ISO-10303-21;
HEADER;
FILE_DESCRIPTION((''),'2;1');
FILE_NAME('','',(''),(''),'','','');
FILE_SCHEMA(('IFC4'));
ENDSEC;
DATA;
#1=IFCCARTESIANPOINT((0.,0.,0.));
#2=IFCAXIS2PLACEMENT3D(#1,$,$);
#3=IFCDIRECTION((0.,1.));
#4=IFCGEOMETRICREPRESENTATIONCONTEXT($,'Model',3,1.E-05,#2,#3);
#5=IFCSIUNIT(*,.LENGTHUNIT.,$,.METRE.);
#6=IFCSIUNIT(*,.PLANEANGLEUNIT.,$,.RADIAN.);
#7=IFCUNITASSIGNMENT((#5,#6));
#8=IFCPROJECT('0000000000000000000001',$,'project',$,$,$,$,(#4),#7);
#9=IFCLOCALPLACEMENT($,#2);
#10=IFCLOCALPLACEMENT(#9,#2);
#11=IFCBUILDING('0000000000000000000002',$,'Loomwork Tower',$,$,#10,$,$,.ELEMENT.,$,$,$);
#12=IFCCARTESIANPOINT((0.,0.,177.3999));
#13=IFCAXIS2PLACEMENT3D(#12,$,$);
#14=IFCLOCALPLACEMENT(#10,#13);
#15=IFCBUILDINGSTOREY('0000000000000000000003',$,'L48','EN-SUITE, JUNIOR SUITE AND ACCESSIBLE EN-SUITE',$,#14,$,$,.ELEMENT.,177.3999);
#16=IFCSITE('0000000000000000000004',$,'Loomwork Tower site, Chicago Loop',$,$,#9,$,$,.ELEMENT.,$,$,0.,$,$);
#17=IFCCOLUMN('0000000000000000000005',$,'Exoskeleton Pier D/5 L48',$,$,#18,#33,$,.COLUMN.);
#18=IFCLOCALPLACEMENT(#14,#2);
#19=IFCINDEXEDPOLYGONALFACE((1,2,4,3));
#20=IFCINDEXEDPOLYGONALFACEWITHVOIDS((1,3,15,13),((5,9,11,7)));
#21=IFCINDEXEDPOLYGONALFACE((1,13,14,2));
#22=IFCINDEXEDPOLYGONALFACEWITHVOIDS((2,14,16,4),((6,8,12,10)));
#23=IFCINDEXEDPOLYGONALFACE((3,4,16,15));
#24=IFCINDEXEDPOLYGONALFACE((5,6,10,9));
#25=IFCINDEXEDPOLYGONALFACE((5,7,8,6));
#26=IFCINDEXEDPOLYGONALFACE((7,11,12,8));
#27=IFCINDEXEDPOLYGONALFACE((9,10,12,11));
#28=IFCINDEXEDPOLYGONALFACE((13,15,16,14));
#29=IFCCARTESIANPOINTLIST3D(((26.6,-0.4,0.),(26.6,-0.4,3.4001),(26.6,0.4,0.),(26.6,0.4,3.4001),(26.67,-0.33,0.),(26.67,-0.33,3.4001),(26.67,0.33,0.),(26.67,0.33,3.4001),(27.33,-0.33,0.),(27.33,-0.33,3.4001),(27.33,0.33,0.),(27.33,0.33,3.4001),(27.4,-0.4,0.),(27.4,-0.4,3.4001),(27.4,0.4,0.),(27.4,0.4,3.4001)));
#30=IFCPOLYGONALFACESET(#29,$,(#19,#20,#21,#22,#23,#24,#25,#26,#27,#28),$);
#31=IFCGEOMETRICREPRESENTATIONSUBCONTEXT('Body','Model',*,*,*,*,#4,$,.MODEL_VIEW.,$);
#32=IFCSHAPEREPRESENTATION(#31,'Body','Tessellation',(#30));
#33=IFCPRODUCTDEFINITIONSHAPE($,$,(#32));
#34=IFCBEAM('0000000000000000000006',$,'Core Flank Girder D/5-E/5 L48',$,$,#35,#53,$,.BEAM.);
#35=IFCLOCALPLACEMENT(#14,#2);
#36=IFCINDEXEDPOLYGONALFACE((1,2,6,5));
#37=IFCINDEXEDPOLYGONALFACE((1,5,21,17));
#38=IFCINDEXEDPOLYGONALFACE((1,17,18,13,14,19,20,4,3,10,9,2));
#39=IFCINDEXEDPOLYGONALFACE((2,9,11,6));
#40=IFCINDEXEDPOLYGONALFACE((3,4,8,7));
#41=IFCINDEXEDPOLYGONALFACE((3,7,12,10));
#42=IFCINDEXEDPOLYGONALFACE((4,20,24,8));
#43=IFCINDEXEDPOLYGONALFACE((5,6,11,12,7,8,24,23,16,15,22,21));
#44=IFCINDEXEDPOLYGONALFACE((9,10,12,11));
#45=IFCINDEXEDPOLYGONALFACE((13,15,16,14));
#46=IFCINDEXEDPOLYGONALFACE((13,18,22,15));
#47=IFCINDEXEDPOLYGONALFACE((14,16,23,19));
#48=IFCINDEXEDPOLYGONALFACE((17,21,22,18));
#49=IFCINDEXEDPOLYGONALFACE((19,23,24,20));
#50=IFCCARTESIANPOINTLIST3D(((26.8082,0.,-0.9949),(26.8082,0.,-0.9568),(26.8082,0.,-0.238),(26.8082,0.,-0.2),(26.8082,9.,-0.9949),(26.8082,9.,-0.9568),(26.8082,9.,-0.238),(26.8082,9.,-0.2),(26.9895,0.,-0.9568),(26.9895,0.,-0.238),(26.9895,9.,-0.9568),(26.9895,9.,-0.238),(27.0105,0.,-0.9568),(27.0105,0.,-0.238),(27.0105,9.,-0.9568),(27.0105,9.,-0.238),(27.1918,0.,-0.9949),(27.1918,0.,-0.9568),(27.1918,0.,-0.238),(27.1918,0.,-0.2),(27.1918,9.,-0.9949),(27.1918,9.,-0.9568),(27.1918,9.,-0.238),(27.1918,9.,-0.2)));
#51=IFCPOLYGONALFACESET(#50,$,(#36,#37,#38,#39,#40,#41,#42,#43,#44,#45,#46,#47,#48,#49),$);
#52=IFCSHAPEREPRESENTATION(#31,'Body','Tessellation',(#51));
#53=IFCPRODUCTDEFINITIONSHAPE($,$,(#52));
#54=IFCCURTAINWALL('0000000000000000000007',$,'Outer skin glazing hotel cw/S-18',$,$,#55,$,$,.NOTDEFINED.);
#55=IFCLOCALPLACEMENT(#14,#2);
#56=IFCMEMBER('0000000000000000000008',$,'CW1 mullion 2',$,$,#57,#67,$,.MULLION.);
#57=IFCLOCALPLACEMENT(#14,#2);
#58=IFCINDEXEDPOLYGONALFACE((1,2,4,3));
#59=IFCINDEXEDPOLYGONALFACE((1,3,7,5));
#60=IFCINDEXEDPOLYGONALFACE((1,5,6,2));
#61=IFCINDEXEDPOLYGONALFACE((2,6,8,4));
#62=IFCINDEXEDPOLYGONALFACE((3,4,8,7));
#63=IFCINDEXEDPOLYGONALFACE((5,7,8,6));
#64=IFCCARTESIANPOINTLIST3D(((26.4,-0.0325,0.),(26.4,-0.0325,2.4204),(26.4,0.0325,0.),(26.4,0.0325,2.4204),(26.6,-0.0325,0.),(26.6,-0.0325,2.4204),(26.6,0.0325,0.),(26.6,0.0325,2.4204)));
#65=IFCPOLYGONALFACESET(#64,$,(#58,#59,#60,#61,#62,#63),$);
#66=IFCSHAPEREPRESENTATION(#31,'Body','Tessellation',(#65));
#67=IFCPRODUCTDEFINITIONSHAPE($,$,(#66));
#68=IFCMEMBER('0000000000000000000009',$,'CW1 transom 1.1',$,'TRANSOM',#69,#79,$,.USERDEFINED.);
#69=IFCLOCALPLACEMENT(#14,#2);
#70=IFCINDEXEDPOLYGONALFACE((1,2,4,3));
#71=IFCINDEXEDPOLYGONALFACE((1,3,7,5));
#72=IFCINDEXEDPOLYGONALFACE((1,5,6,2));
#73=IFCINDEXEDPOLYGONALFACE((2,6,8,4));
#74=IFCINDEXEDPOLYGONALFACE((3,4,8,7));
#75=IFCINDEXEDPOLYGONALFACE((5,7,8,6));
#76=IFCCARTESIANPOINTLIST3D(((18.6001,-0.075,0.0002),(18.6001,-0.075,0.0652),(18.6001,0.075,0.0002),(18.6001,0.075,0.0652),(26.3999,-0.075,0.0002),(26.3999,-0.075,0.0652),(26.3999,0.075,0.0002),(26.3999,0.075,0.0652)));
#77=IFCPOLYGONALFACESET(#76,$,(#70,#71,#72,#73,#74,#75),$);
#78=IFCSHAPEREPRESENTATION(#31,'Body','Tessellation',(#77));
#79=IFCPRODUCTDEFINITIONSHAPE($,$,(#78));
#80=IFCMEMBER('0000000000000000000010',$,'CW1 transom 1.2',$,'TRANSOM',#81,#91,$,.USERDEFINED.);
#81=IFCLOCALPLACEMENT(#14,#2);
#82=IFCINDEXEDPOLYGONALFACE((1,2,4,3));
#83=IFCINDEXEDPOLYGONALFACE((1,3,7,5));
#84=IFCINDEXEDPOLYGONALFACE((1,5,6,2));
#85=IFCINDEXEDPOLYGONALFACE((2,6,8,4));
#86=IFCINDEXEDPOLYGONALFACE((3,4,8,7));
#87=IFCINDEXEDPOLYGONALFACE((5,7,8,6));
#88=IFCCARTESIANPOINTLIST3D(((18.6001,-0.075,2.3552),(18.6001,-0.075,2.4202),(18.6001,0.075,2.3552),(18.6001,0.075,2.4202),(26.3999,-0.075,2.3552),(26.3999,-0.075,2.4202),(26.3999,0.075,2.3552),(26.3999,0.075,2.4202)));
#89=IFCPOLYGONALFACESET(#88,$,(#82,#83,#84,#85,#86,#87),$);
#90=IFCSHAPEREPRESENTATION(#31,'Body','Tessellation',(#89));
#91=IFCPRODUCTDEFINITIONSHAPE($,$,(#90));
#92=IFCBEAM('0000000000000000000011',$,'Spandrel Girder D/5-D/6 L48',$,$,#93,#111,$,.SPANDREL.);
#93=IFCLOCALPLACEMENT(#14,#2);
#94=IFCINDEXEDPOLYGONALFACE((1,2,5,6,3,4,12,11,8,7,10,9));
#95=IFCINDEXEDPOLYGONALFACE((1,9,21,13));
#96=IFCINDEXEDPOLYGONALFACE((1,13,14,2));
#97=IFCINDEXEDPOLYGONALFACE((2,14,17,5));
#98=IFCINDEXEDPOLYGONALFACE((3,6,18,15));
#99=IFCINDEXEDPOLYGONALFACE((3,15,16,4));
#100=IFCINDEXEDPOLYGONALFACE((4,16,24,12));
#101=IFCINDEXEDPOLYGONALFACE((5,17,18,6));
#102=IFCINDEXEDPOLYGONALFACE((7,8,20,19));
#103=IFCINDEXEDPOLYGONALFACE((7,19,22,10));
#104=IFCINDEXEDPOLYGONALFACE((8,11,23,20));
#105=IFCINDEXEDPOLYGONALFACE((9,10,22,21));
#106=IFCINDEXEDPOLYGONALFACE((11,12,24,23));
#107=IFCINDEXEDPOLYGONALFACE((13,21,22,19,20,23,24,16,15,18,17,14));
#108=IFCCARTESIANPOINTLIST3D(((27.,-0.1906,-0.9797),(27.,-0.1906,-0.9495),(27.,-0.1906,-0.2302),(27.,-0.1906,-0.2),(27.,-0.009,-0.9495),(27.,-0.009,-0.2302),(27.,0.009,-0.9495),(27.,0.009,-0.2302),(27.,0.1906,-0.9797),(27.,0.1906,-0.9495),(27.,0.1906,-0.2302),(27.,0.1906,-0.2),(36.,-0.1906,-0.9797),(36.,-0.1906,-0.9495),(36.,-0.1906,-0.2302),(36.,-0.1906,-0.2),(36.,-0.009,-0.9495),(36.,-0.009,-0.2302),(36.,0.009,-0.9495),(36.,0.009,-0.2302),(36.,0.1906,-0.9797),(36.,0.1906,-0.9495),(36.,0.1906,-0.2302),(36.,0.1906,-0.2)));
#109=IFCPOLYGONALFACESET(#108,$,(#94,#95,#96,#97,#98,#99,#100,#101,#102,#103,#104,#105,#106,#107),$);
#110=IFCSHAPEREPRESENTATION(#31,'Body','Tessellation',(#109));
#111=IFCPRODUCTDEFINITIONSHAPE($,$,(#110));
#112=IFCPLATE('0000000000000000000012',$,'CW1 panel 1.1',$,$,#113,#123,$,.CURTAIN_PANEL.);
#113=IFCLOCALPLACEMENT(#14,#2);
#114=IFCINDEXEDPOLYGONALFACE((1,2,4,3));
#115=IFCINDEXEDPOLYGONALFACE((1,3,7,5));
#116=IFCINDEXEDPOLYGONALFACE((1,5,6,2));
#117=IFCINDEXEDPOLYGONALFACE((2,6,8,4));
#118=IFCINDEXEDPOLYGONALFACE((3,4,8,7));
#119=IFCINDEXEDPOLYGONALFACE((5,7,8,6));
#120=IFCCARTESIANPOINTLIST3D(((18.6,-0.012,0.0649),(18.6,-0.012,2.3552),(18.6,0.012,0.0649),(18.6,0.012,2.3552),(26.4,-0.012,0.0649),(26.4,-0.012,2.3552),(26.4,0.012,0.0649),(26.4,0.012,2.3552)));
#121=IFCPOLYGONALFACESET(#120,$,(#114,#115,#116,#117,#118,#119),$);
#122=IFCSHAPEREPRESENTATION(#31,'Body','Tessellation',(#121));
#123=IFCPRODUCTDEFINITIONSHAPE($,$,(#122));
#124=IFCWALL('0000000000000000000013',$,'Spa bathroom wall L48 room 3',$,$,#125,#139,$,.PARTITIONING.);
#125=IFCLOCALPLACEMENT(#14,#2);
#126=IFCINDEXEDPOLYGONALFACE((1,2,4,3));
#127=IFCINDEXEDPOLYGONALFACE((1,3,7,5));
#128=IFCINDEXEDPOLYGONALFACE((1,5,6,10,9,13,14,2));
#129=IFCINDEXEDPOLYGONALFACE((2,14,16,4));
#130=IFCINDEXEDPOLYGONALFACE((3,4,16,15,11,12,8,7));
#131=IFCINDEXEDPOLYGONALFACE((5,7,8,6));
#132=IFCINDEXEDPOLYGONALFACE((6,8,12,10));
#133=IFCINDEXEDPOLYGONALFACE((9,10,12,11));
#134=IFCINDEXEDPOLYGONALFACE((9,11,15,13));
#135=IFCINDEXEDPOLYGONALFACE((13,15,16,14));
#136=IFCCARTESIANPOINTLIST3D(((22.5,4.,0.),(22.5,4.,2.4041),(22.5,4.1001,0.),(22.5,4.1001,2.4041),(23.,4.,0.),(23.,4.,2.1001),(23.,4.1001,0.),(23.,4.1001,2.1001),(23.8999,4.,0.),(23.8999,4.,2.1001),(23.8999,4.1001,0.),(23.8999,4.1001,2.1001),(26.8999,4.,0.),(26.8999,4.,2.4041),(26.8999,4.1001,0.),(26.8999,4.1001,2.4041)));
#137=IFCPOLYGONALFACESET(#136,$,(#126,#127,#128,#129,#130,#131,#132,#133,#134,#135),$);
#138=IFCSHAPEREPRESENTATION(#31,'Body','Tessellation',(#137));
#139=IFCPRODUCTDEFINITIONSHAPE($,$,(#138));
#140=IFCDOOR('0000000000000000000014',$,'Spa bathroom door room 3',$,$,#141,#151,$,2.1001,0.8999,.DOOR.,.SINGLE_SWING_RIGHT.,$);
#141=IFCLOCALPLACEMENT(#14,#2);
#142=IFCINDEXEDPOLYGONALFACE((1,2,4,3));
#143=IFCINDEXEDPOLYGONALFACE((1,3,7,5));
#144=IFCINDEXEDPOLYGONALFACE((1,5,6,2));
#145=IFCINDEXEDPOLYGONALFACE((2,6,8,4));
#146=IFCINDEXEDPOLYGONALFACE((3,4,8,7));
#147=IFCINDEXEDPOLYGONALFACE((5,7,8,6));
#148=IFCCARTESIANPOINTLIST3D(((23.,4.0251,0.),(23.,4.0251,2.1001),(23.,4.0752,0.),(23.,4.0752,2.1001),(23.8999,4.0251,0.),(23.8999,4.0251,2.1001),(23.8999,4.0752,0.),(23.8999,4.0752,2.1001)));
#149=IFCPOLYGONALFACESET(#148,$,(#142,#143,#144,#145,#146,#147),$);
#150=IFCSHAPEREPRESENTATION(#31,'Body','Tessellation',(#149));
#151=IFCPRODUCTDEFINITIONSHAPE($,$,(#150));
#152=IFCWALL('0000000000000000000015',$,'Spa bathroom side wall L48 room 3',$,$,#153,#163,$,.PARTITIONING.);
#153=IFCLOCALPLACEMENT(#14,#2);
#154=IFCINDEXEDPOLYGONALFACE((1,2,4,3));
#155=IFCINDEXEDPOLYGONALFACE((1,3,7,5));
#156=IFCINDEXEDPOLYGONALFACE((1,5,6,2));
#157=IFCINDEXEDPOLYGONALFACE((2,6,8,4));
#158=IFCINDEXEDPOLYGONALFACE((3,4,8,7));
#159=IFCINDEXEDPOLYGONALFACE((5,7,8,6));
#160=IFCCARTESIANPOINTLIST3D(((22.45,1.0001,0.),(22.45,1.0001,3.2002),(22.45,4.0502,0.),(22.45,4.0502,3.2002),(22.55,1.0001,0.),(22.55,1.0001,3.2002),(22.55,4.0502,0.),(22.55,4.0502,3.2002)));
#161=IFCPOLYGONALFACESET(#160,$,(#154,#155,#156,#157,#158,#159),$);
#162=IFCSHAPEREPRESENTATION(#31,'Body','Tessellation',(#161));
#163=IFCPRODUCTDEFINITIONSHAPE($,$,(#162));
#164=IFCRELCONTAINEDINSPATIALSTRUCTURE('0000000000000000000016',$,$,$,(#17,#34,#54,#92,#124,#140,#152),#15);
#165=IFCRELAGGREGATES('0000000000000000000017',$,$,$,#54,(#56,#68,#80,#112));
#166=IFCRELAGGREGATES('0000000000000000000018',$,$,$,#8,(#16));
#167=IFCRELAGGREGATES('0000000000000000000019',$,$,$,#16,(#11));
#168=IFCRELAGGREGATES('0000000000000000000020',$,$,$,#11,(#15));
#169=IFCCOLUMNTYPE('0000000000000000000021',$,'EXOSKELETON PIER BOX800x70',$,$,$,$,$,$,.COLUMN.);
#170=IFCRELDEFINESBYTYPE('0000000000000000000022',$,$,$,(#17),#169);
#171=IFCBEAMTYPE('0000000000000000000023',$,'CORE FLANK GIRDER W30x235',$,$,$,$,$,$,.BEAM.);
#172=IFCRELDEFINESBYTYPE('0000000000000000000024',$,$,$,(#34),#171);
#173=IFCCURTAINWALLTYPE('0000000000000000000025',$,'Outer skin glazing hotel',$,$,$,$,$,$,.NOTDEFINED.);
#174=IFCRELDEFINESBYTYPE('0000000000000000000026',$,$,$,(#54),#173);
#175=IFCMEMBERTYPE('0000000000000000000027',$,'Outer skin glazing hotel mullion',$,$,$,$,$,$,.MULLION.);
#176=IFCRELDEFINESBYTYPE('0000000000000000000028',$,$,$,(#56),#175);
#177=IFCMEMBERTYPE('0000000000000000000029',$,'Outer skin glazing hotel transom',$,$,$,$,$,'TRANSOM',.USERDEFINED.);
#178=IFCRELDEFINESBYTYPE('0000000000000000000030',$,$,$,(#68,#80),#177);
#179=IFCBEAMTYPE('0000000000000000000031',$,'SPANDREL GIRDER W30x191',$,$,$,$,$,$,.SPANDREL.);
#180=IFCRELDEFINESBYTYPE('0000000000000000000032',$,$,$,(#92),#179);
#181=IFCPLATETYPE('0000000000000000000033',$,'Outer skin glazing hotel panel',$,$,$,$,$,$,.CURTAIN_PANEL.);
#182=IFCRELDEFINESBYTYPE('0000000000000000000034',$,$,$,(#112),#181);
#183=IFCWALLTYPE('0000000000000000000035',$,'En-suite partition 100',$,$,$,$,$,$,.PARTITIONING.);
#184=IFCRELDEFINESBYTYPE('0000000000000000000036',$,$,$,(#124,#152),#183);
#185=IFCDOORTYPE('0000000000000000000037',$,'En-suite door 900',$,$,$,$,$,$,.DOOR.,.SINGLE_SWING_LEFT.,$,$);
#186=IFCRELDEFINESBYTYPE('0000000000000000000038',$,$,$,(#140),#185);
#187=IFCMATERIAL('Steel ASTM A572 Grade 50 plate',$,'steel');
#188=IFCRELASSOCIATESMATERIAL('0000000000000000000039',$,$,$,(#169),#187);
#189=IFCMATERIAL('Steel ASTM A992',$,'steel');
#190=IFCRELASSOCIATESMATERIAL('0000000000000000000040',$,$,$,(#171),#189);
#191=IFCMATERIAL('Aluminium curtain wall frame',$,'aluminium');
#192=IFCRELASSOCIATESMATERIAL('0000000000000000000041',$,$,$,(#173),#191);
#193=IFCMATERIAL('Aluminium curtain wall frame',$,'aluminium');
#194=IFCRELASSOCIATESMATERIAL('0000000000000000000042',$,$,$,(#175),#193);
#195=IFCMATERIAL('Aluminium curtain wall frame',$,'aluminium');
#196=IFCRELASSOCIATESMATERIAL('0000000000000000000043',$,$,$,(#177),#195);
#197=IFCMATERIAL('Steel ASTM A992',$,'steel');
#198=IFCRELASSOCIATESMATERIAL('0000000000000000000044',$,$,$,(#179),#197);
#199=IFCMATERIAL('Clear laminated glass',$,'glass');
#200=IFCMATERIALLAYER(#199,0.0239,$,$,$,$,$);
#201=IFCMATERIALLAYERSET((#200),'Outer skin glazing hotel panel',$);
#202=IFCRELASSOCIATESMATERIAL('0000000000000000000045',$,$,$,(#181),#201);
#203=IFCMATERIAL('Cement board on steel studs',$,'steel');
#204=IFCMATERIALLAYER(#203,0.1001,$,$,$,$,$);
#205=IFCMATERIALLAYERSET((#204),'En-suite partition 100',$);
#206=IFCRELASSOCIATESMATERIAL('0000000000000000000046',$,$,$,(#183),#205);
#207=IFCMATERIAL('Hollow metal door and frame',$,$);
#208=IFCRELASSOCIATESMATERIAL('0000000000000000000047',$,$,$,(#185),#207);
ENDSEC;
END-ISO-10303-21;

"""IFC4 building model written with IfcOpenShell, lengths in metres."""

from ifc_helpers import new_model, si_unit, direction, frame, frame_2d, origin, origin_2d, place, context, subcontext, project, spatial, rectangle, hollow_rectangle, i_section, extrude, material, layer, layer_set, material_profile, profile_set, type_object, element, fill, aggregate, save


model = new_model("IFC4")

# Units and contexts
model_context = context("Model", 3, precision=1e-05, world=origin(), true_north=direction((0.0, 1.0)))
body_context = subcontext(model_context, "Body", "Model", "MODEL_VIEW")
ifc_project = project(units=[si_unit("LENGTHUNIT", "METRE"), si_unit("PLANEANGLEUNIT", "RADIAN")], contexts=[model_context])

# Site, building, storey
site_placement = place(None, origin())
site = spatial("IfcSite", under=ifc_project, at=site_placement, Name="Loomwork Tower site, Chicago Loop", CompositionType="ELEMENT", RefElevation=0.0)
building_placement = place(site_placement, origin())
building = spatial("IfcBuilding", under=site, at=building_placement, Name="Loomwork Tower", CompositionType="ELEMENT")
storey_placement = place(building_placement, frame((0.0, 0.0, 177.3999)))
storey = spatial("IfcBuildingStorey", under=building, at=storey_placement, Name="L48", Description="EN-SUITE, JUNIOR SUITE AND ACCESSIBLE EN-SUITE", CompositionType="ELEMENT", Elevation=177.3999)

# Column
ifc_material_1 = material(Name="Steel ASTM A572 Grade 50 plate", Category="steel")
ifc_material_profile_1 = material_profile(ifc_material_1, hollow_rectangle(XDim=0.8, YDim=0.8, WallThickness=0.0701, at=origin_2d()), Name="BOX800x70")
ifc_profile_set_1 = profile_set([ifc_material_profile_1], Name="Steel ASTM A572 Grade 50 plate")
column_type = type_object("IfcColumnType", Name="EXOSKELETON PIER BOX800x70", PredefinedType="COLUMN", material=ifc_profile_set_1)
column_placement = place(storey_placement, frame((27.0, 0.0, 0.0), z_axis=(0.0, 0.0, 1.0), x_axis=(1.0, 0.0, 0.0)))
element("IfcColumn", 1, at=column_placement, inside=storey, type_object=column_type, Name="Exoskeleton Pier D/5 L48", PredefinedType="COLUMN", context=body_context, shape_type="SweptSolid", body=[
    extrude(hollow_rectangle(XDim=0.8, YDim=0.8, WallThickness=0.0701, at=origin_2d()), origin(), (0.0, 0.0, 1.0), 3.4001),
])

# Beam
ifc_material_2 = material(Name="Steel ASTM A992", Category="steel")
ifc_material_profile_2 = material_profile(ifc_material_2, i_section(OverallWidth=0.3835, OverallDepth=0.7949, WebThickness=0.021, FlangeThickness=0.0381, at=origin_2d()), Name="W30x235")
ifc_profile_set_2 = profile_set([ifc_material_profile_2], Name="Steel ASTM A992")
beam_type_1 = type_object("IfcBeamType", Name="CORE FLANK GIRDER W30x235", PredefinedType="BEAM", material=ifc_profile_set_2)
beam_1_placement = place(storey_placement, frame((27.0, 0.0, -0.5974), z_axis=(0.0, 1.0, 0.0), x_axis=(-1.0, 0.0, 0.0)))
element("IfcBeam", 2, at=beam_1_placement, inside=storey, type_object=beam_type_1, Name="Core Flank Girder D/5-E/5 L48", PredefinedType="BEAM", context=body_context, shape_type="SweptSolid", body=[
    extrude(i_section(OverallWidth=0.3835, OverallDepth=0.7949, WebThickness=0.021, FlangeThickness=0.0381, at=origin_2d()), origin(), (0.0, 0.0, 1.0), 9.0),
])

# Curtain wall, members
ifc_material_3 = material(Name="Aluminium curtain wall frame", Category="aluminium")
curtain_wall_type = type_object("IfcCurtainWallType", Name="Outer skin glazing hotel", PredefinedType="NOTDEFINED", material=ifc_material_3)
curtain_wall_placement = place(storey_placement, origin())
curtain_wall = element("IfcCurtainWall", 3, at=curtain_wall_placement, inside=storey, type_object=curtain_wall_type, Name="Outer skin glazing hotel cw/S-18", PredefinedType="NOTDEFINED")
ifc_material_4 = material(Name="Aluminium curtain wall frame", Category="aluminium")
ifc_material_profile_3 = material_profile(ifc_material_4, rectangle(XDim=0.0649, YDim=0.2, at=origin_2d()), Name="AL 65x200")
ifc_profile_set_3 = profile_set([ifc_material_profile_3], Name="Aluminium curtain wall frame")
member_type_1 = type_object("IfcMemberType", Name="Outer skin glazing hotel mullion", PredefinedType="MULLION", material=ifc_profile_set_3)
member_1_placement = place(storey_placement, frame((26.5, 0.0, 0.0), z_axis=(0.0, 0.0, 1.0), x_axis=(0.0, 1.0, 0.0)))
member_1 = element("IfcMember", 4, at=member_1_placement, type_object=member_type_1, Name="CW1 mullion 2", PredefinedType="MULLION", context=body_context, shape_type="SweptSolid", body=[
    extrude(rectangle(XDim=0.0649, YDim=0.2, at=origin_2d()), origin(), (0.0, 0.0, 1.0), 2.4204),
])
ifc_material_5 = material(Name="Aluminium curtain wall frame", Category="aluminium")
ifc_material_profile_4 = material_profile(ifc_material_5, rectangle(XDim=0.1499, YDim=0.0649, at=origin_2d()), Name="AL 65x150")
ifc_profile_set_4 = profile_set([ifc_material_profile_4], Name="Aluminium curtain wall frame")
member_type_2 = type_object("IfcMemberType", Name="Outer skin glazing hotel transom", ElementType="TRANSOM", PredefinedType="USERDEFINED", material=ifc_profile_set_4)
member_2_placement = place(storey_placement, frame((18.6001, 0.0, 0.0327), z_axis=(1.0, 0.0, 0.0), x_axis=(0.0, 1.0, 0.0)))
member_2 = element("IfcMember", 5, at=member_2_placement, type_object=member_type_2, Name="CW1 transom 1.1", ObjectType="TRANSOM", PredefinedType="USERDEFINED", context=body_context, shape_type="SweptSolid", body=[
    extrude(rectangle(XDim=0.1499, YDim=0.0649, at=origin_2d()), origin(), (0.0, 0.0, 1.0), 7.7998),
])
member_3_placement = place(storey_placement, frame((18.6001, 0.0, 2.3877), z_axis=(1.0, 0.0, 0.0), x_axis=(0.0, 1.0, 0.0)))
member_3 = element("IfcMember", 6, at=member_3_placement, type_object=member_type_2, Name="CW1 transom 1.2", ObjectType="TRANSOM", PredefinedType="USERDEFINED", context=body_context, shape_type="SweptSolid", body=[
    extrude(rectangle(XDim=0.1499, YDim=0.0649, at=origin_2d()), origin(), (0.0, 0.0, 1.0), 7.7998),
])

# Beam
ifc_material_6 = material(Name="Steel ASTM A992", Category="steel")
ifc_material_profile_5 = material_profile(ifc_material_6, i_section(OverallWidth=0.3811, OverallDepth=0.7798, WebThickness=0.0181, FlangeThickness=0.0303, at=origin_2d()), Name="W30x191")
ifc_profile_set_5 = profile_set([ifc_material_profile_5], Name="Steel ASTM A992")
beam_type_2 = type_object("IfcBeamType", Name="SPANDREL GIRDER W30x191", PredefinedType="SPANDREL", material=ifc_profile_set_5)
beam_2_placement = place(storey_placement, frame((27.0, 0.0, -0.5898), z_axis=(1.0, 0.0, 0.0), x_axis=(0.0, 1.0, 0.0)))
element("IfcBeam", 7, at=beam_2_placement, inside=storey, type_object=beam_type_2, Name="Spandrel Girder D/5-D/6 L48", PredefinedType="SPANDREL", context=body_context, shape_type="SweptSolid", body=[
    extrude(i_section(OverallWidth=0.3811, OverallDepth=0.7798, WebThickness=0.0181, FlangeThickness=0.0303, at=origin_2d()), origin(), (0.0, 0.0, 1.0), 9.0),
])

# Plate
ifc_material_7 = material(Name="Clear laminated glass", Category="glass")
ifc_layer_1 = layer(ifc_material_7, 0.0239)
ifc_layer_set_1 = layer_set([ifc_layer_1], Name="Outer skin glazing hotel panel")
plate_type = type_object("IfcPlateType", Name="Outer skin glazing hotel panel", PredefinedType="CURTAIN_PANEL", material=ifc_layer_set_1)
plate_placement = place(storey_placement, frame((22.5, 0.0, 0.0649), z_axis=(0.0, 0.0, 1.0), x_axis=(1.0, 0.0, 0.0)))
plate = element("IfcPlate", 8, at=plate_placement, type_object=plate_type, Name="CW1 panel 1.1", PredefinedType="CURTAIN_PANEL", context=body_context, shape_type="SweptSolid", body=[
    extrude(rectangle(XDim=7.8, YDim=0.0239, at=origin_2d()), origin(), (0.0, 0.0, 1.0), 2.2903),
])
aggregate(curtain_wall, [member_1, member_2, member_3, plate])

# Wall, opening, door
ifc_material_8 = material(Name="Cement board on steel studs", Category="steel")
ifc_layer_2 = layer(ifc_material_8, 0.1001)
ifc_layer_set_2 = layer_set([ifc_layer_2], Name="En-suite partition 100")
wall_type_1 = type_object("IfcWallType", Name="En-suite partition 100", PredefinedType="PARTITIONING", material=ifc_layer_set_2)
wall_1_placement = place(storey_placement, frame((22.5, 4.05, 0.0), z_axis=(0.0, 0.0, 1.0), x_axis=(1.0, 0.0, 0.0)))
wall_1 = element("IfcWall", 9, at=wall_1_placement, inside=storey, type_object=wall_type_1, Name="Spa bathroom wall L48 room 3", PredefinedType="PARTITIONING", context=body_context, shape_type="SweptSolid", body=[
    extrude(rectangle(XDim=4.3999, YDim=0.1001, at=frame_2d((2.2, 0.0))), origin(), (0.0, 0.0, 1.0), 2.4041),
])
opening_placement = place(wall_1_placement, frame((0.5, 0.0, 0.0)))
opening = element("IfcOpeningElement", 10, at=opening_placement, cuts=wall_1, PredefinedType="OPENING", context=body_context, shape_type="SweptSolid", body=[
    extrude(rectangle(XDim=0.8999, YDim=2.1001, at=frame_2d((0.45, 1.05))), frame((0.0, 0.0601, 0.0), z_axis=(0.0, -1.0, 0.0), x_axis=(1.0, 0.0, 0.0)), (0.0, 0.0, 1.0), 0.1201),
])
ifc_material_9 = material(Name="Hollow metal door and frame")
door_type = type_object("IfcDoorType", Name="En-suite door 900", OperationType="SINGLE_SWING_LEFT", PredefinedType="DOOR", material=ifc_material_9)
door_placement = place(opening_placement, frame((0.8999, 0.0, 0.0), z_axis=(0.0, 0.0, 1.0), x_axis=(-1.0, 0.0, 0.0)))
door = element("IfcDoor", 11, at=door_placement, inside=storey, type_object=door_type, Name="Spa bathroom door room 3", OperationType="SINGLE_SWING_RIGHT", OverallHeight=2.1001, OverallWidth=0.8999, PredefinedType="DOOR", context=body_context, shape_type="SweptSolid", body=[
    extrude(rectangle(XDim=0.8999, YDim=2.1001, at=frame_2d((0.45, 1.05))), frame((0.0, 0.0249, 0.0), z_axis=(0.0, -1.0, 0.0), x_axis=(1.0, 0.0, 0.0)), (0.0, 0.0, 1.0), 0.05),
])
fill(opening, door)

# Wall
wall_2_placement = place(storey_placement, frame((22.5, 4.05, 0.0), z_axis=(0.0, 0.0, 1.0), x_axis=(0.0, -1.0, 0.0)))
element("IfcWall", 12, at=wall_2_placement, inside=storey, type_object=wall_type_1, Name="Spa bathroom side wall L48 room 3", PredefinedType="PARTITIONING", context=body_context, shape_type="SweptSolid", body=[
    extrude(rectangle(XDim=3.05, YDim=0.1001, at=frame_2d((1.5249, 0.0))), origin(), (0.0, 0.0, 1.0), 3.2002),
])

save(model, "model.ifc")
